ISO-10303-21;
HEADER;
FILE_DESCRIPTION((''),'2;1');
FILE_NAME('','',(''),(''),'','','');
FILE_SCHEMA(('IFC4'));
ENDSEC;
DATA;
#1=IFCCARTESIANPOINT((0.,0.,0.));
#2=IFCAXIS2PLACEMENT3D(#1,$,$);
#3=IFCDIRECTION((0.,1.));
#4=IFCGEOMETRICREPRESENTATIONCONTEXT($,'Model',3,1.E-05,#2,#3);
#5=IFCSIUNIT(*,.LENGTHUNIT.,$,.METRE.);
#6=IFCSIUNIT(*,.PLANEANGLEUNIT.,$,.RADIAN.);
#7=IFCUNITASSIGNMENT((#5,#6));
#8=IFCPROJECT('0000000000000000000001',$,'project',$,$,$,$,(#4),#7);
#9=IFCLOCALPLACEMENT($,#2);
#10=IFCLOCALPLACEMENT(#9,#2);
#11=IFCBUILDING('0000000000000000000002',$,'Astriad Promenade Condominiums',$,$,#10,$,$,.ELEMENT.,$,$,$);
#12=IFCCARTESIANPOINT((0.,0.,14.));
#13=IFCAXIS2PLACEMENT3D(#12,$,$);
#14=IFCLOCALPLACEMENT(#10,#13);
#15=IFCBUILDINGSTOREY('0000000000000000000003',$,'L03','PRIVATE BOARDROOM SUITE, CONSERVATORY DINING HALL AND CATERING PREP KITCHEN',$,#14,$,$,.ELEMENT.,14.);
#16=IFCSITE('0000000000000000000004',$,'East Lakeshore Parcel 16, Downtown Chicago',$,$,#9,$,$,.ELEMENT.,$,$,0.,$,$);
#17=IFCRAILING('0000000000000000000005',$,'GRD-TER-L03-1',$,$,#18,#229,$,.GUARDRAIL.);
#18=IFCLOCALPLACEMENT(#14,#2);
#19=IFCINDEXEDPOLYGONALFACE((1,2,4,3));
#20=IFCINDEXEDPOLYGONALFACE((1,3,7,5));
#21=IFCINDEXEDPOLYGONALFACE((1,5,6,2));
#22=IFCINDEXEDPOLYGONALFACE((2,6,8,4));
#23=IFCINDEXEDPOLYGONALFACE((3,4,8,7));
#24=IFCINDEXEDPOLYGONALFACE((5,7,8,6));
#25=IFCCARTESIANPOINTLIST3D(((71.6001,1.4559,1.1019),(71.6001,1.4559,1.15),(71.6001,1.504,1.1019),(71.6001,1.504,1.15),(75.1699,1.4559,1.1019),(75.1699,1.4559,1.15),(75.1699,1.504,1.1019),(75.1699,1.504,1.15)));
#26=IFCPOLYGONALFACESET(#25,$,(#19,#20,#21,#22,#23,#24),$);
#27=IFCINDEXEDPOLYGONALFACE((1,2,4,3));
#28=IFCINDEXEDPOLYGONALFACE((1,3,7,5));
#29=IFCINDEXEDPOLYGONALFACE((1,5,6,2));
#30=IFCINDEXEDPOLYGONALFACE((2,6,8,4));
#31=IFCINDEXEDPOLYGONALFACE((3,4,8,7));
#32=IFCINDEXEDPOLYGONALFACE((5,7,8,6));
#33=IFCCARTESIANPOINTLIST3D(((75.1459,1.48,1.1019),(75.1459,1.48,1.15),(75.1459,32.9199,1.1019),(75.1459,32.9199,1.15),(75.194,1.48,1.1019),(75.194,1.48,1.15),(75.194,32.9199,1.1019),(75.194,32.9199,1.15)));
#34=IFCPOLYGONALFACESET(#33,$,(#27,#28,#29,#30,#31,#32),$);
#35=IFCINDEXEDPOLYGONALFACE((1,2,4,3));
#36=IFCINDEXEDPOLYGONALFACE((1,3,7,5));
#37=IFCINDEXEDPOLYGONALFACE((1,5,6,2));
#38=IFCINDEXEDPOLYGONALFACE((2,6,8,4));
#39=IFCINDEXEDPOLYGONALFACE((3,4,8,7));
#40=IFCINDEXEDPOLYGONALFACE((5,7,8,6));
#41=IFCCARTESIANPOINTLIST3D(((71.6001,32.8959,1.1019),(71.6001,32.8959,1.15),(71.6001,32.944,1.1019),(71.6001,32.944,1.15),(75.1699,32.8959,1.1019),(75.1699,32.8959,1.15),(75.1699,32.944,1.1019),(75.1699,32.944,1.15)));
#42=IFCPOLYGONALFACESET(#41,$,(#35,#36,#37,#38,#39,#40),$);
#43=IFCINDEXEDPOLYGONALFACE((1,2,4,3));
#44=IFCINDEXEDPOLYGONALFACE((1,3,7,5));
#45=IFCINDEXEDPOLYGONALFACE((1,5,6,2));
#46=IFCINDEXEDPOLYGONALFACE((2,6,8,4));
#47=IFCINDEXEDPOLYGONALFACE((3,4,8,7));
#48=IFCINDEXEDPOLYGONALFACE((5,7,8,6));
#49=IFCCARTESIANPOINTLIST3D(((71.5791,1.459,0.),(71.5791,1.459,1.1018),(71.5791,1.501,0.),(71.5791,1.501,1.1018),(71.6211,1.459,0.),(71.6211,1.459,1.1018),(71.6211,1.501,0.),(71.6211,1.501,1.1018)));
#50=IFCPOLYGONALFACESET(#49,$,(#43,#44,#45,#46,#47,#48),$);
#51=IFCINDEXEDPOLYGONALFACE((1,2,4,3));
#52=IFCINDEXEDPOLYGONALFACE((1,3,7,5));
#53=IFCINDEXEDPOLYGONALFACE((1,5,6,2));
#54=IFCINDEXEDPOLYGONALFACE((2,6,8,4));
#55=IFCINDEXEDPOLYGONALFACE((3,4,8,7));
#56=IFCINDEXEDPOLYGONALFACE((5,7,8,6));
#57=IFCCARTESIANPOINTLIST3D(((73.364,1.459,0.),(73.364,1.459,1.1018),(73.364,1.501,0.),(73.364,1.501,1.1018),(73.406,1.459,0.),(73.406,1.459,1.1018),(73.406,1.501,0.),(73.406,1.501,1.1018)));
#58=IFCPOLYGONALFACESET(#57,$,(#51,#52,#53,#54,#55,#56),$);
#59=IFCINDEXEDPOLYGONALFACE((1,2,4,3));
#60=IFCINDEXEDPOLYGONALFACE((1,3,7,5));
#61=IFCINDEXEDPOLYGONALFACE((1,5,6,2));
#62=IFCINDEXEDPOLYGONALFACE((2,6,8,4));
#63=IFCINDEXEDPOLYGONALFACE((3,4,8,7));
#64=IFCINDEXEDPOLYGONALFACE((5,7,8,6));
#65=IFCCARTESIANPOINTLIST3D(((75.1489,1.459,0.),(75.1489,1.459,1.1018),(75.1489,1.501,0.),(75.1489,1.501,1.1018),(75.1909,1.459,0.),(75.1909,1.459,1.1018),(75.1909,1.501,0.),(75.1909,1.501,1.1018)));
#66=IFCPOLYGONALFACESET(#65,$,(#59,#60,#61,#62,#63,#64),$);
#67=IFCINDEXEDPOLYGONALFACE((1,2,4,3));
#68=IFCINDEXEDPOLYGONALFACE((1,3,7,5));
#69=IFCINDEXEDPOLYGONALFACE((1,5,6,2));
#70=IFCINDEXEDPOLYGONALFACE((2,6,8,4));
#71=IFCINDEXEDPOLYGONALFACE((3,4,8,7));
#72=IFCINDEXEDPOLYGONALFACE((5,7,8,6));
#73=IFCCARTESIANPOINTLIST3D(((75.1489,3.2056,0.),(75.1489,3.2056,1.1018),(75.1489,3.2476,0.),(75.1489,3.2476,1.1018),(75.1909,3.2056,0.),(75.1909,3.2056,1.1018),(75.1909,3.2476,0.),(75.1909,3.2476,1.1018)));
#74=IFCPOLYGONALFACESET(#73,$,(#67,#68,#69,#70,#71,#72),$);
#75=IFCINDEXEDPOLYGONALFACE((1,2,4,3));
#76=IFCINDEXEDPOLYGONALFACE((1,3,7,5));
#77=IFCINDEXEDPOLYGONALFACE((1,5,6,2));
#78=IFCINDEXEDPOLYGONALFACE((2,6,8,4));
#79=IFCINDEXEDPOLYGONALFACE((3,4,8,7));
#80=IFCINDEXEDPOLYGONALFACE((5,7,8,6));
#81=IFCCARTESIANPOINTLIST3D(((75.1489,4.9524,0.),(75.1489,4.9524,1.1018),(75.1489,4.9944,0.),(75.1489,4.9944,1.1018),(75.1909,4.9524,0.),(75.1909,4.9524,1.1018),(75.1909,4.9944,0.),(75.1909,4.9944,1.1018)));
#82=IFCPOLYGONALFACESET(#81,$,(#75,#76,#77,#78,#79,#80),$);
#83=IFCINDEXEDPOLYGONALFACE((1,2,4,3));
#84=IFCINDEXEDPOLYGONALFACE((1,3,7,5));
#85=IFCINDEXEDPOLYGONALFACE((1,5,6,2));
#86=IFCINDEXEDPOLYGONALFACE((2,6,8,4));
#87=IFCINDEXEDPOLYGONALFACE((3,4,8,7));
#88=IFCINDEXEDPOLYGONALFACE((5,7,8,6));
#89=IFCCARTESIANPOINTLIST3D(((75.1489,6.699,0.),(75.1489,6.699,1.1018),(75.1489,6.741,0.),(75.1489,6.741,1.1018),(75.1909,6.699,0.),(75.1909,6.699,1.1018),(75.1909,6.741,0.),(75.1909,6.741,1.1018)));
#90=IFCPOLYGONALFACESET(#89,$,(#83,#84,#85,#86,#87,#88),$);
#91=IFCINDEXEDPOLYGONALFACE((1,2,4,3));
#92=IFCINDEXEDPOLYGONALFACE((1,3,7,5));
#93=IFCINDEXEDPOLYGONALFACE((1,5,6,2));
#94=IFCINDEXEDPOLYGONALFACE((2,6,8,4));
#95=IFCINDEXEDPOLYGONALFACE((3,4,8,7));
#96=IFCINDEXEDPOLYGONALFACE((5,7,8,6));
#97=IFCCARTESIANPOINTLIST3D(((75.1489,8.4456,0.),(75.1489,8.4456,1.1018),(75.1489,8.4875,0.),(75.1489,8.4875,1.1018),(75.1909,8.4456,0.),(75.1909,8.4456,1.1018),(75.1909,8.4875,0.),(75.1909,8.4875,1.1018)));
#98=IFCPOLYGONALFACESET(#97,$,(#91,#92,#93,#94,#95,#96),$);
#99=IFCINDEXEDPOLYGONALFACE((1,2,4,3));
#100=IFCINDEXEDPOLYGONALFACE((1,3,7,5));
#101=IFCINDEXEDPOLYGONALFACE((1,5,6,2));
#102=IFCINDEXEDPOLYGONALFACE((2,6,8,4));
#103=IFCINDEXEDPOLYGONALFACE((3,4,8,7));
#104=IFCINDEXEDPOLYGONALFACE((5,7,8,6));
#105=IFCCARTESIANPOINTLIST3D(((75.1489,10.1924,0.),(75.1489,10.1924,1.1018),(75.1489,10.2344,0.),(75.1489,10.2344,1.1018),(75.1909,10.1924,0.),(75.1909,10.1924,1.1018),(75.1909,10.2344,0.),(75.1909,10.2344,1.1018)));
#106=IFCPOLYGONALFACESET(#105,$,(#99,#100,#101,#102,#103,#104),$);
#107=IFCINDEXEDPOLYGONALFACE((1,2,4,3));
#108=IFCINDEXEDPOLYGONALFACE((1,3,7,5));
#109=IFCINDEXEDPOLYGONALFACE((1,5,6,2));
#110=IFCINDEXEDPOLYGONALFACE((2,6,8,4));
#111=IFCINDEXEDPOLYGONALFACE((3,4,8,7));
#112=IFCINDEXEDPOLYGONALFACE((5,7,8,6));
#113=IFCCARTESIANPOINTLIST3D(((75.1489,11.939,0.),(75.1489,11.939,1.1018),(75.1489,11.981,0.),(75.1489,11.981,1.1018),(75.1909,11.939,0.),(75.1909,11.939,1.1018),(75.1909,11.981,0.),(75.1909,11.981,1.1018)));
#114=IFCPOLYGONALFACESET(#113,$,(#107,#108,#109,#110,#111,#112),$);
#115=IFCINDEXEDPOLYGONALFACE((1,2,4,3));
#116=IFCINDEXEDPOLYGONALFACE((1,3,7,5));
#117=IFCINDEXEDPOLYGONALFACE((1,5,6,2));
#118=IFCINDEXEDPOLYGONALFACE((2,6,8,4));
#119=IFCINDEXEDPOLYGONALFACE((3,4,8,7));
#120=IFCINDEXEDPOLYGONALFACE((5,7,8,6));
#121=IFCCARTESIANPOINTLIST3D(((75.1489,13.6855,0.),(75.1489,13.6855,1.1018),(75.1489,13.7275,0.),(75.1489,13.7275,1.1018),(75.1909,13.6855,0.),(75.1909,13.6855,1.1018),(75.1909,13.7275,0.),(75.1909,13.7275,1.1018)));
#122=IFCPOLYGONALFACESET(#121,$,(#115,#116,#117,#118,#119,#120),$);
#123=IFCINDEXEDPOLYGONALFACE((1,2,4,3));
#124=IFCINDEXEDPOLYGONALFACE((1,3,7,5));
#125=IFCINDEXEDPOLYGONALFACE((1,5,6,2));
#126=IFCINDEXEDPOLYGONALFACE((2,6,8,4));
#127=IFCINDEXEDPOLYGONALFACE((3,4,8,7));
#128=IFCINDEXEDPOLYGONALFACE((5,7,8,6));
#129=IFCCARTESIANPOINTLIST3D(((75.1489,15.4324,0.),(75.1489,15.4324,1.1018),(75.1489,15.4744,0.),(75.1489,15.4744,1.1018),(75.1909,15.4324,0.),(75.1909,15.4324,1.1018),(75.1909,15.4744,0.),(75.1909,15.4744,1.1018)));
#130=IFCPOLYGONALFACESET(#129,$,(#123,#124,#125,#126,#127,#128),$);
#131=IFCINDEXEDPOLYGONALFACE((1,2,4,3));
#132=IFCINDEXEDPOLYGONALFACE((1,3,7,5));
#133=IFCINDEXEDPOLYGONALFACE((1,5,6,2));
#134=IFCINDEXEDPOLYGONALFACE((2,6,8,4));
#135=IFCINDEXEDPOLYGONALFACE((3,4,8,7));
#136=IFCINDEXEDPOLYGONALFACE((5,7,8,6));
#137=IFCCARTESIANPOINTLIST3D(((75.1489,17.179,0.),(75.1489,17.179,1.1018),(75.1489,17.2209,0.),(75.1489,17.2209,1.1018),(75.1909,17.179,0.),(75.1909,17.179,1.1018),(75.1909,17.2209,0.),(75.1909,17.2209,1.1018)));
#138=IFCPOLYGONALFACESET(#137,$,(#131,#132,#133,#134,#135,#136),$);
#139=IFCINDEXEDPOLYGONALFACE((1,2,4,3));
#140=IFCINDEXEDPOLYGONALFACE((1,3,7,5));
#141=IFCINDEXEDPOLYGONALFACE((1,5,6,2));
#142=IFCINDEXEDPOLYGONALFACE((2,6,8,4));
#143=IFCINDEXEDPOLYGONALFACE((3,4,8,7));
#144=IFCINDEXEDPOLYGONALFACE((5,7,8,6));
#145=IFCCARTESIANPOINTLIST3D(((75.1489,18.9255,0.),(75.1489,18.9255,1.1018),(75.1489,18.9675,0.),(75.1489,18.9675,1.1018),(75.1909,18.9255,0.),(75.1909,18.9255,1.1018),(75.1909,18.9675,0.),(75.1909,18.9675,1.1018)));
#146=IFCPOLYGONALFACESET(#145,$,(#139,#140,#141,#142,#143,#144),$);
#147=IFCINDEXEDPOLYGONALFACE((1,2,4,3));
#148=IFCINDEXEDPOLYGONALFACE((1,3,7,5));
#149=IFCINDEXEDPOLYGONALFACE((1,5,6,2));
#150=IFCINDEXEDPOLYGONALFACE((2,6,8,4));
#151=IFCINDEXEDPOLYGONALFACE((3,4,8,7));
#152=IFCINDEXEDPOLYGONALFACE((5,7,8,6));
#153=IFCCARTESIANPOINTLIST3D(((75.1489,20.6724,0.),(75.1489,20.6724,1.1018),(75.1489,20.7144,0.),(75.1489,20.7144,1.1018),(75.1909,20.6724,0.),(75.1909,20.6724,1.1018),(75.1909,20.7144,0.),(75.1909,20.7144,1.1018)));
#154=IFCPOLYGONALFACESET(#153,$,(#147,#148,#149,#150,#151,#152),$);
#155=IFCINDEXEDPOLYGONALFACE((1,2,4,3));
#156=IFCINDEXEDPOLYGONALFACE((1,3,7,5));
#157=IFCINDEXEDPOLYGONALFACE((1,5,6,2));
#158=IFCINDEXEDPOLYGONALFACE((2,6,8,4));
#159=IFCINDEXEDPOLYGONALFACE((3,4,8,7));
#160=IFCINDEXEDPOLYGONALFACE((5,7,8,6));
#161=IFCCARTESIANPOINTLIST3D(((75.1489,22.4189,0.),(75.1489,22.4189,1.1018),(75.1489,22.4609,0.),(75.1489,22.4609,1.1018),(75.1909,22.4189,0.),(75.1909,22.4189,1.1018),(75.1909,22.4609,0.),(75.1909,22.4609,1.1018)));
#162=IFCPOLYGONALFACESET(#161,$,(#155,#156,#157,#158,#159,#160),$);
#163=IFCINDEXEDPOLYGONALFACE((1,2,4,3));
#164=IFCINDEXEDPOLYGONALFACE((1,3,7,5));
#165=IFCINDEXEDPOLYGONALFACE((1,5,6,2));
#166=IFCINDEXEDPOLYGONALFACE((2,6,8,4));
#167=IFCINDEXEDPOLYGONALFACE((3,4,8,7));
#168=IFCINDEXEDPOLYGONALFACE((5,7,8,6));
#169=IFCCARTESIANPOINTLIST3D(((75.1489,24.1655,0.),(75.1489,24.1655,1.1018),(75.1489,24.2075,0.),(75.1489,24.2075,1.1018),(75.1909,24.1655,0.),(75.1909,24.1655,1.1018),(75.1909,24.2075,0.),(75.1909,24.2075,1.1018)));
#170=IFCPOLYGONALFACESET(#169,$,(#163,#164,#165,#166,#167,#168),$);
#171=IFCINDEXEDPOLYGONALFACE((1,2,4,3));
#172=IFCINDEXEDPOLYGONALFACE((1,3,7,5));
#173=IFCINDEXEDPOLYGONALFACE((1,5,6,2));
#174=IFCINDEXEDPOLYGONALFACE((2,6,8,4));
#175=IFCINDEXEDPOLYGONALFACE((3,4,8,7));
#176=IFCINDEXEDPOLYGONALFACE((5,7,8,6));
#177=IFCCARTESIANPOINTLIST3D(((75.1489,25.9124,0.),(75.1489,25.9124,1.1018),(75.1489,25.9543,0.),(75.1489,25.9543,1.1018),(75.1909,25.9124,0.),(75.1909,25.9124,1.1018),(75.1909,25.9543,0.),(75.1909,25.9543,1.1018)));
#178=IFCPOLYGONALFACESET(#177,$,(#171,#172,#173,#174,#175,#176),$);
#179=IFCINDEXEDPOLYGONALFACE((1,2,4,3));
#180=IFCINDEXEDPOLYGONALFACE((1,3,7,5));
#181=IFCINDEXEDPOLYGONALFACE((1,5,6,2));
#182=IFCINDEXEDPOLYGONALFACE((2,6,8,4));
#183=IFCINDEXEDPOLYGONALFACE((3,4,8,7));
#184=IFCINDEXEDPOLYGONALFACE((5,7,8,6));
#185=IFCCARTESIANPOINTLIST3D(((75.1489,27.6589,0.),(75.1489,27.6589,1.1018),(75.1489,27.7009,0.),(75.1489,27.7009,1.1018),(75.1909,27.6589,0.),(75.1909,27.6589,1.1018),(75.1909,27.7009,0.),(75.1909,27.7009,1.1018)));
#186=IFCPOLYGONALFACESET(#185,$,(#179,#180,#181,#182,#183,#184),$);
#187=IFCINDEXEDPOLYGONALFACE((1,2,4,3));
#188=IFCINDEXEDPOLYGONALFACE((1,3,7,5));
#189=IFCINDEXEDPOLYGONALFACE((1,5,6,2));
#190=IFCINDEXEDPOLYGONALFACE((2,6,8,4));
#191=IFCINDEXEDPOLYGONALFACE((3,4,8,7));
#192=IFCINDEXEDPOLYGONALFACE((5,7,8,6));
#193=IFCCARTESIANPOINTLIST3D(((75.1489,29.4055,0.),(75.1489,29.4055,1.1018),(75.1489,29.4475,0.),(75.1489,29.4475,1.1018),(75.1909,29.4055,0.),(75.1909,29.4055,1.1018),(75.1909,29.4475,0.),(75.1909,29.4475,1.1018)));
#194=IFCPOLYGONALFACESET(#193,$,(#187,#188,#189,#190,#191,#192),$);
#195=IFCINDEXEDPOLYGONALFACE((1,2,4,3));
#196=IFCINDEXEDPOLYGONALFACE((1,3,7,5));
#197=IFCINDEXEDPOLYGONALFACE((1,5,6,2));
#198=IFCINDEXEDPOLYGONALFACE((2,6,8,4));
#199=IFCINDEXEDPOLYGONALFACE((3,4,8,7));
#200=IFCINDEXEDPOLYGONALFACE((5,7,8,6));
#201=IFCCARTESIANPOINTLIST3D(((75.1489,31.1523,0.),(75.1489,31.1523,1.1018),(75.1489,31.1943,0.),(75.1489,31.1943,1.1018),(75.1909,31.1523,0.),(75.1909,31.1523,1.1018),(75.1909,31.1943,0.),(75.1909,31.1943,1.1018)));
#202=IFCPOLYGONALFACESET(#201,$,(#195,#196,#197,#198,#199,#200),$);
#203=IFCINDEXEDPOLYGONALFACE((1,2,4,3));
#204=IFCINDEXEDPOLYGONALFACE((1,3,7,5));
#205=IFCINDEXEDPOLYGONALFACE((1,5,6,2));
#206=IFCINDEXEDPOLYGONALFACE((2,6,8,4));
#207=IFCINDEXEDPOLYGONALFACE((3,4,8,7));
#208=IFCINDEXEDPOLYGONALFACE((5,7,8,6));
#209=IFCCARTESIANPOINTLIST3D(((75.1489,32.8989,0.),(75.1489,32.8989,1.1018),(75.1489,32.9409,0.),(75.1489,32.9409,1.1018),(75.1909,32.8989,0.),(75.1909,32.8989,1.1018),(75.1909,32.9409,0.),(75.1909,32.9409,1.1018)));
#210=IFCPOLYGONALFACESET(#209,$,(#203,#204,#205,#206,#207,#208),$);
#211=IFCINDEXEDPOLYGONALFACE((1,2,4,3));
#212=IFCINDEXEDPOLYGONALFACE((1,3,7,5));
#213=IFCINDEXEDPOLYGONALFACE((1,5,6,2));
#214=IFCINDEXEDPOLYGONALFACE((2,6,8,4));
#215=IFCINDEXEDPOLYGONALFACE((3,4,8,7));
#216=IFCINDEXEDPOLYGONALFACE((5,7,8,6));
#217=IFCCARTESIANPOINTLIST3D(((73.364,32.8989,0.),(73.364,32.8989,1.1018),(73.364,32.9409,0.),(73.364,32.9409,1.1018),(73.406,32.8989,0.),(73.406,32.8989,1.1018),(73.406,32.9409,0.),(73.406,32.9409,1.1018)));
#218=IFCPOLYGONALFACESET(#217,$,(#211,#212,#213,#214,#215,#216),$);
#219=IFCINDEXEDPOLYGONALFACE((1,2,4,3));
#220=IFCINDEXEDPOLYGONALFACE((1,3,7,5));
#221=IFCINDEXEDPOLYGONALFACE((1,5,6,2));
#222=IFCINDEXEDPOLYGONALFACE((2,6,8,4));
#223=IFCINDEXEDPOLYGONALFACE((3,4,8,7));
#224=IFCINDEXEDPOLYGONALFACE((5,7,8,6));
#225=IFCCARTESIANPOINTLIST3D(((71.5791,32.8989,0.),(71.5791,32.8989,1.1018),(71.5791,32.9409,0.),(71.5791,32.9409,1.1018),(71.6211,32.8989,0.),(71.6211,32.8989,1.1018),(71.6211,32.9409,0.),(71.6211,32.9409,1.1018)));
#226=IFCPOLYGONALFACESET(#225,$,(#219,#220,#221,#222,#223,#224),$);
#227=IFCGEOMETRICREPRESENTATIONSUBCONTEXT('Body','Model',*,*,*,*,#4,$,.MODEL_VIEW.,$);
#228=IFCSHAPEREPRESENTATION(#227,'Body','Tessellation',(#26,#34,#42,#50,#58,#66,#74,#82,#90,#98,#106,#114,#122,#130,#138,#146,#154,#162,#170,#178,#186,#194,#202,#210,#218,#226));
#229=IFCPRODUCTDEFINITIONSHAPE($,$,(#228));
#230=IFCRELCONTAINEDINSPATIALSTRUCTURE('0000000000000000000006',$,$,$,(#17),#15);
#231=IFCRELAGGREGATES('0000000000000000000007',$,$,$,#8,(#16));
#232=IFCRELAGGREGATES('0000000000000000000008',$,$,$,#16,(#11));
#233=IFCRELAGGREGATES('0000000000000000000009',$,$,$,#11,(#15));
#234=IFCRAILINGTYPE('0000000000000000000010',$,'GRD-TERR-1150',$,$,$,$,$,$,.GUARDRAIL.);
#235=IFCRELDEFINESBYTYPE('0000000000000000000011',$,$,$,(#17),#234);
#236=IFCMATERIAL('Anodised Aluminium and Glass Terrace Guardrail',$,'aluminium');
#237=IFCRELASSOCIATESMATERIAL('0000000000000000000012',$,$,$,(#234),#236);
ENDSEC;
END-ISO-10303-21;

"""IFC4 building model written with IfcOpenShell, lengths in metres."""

from ifc_helpers import new_model, si_unit, direction, frame, origin, origin_2d, place, context, subcontext, project, spatial, rectangle, extrude, source, transform, mapped, material, type_object, element, save


model = new_model("IFC4")

# Units and contexts
model_context = context("Model", 3, precision=1e-05, world=origin(), true_north=direction((0.0, 1.0)))
body_context = subcontext(model_context, "Body", "Model", "MODEL_VIEW")
ifc_project = project(units=[si_unit("LENGTHUNIT", "METRE"), si_unit("PLANEANGLEUNIT", "RADIAN")], contexts=[model_context])

# Site, building, storey
site_placement = place(None, origin())
site = spatial("IfcSite", under=ifc_project, at=site_placement, Name="East Lakeshore Parcel 16, Downtown Chicago", CompositionType="ELEMENT", RefElevation=0.0)
building_placement = place(site_placement, origin())
building = spatial("IfcBuilding", under=site, at=building_placement, Name="Astriad Promenade Condominiums", CompositionType="ELEMENT")
storey_placement = place(building_placement, frame((0.0, 0.0, 14.0)))
storey = spatial("IfcBuildingStorey", under=building, at=storey_placement, Name="L03", Description="PRIVATE BOARDROOM SUITE, CONSERVATORY DINING HALL AND CATERING PREP KITCHEN", CompositionType="ELEMENT", Elevation=14.0)

# Railing
ifc_material_1 = material(Name="Anodised Aluminium and Glass Terrace Guardrail", Category="aluminium")
railing_type = type_object("IfcRailingType", Name="GRD-TERR-1150", PredefinedType="GUARDRAIL", material=ifc_material_1)
shared_shape_1 = source(origin(), body_context, "Body", "SweptSolid", [
    extrude(rectangle(XDim=0.0481, YDim=0.0481, at=origin_2d()), frame((0.0, 0.0, 1.126), z_axis=(1.0, 0.0, 0.0), x_axis=(0.0, 1.0, 0.0)), (0.0, 0.0, 1.0), 3.5698),
    extrude(rectangle(XDim=0.0481, YDim=0.0481, at=origin_2d()), frame((3.5698, 0.0, 1.126), z_axis=(0.0, 1.0, 0.0), x_axis=(-1.0, 0.0, 0.0)), (0.0, 0.0, 1.0), 31.4399),
    extrude(rectangle(XDim=0.0481, YDim=0.0481, at=origin_2d()), frame((3.5698, 31.4399, 1.126), z_axis=(-1.0, 0.0, 0.0), x_axis=(0.0, -1.0, 0.0)), (0.0, 0.0, 1.0), 3.5698),
    extrude(rectangle(XDim=0.042, YDim=0.042, at=origin_2d()), origin(), (0.0, 0.0, 1.0), 1.1018),
    extrude(rectangle(XDim=0.042, YDim=0.042, at=origin_2d()), frame((1.7849, 0.0, 0.0)), (0.0, 0.0, 1.0), 1.1018),
    extrude(rectangle(XDim=0.042, YDim=0.042, at=origin_2d()), frame((3.5698, 0.0, 0.0)), (0.0, 0.0, 1.0), 1.1018),
    extrude(rectangle(XDim=0.042, YDim=0.042, at=origin_2d()), frame((3.5698, 1.7466, 0.0)), (0.0, 0.0, 1.0), 1.1018),
    extrude(rectangle(XDim=0.042, YDim=0.042, at=origin_2d()), frame((3.5698, 3.4934, 0.0)), (0.0, 0.0, 1.0), 1.1018),
    extrude(rectangle(XDim=0.042, YDim=0.042, at=origin_2d()), frame((3.5698, 5.24, 0.0)), (0.0, 0.0, 1.0), 1.1018),
    extrude(rectangle(XDim=0.042, YDim=0.042, at=origin_2d()), frame((3.5698, 6.9866, 0.0)), (0.0, 0.0, 1.0), 1.1018),
    extrude(rectangle(XDim=0.042, YDim=0.042, at=origin_2d()), frame((3.5698, 8.7334, 0.0)), (0.0, 0.0, 1.0), 1.1018),
    extrude(rectangle(XDim=0.042, YDim=0.042, at=origin_2d()), frame((3.5698, 10.48, 0.0)), (0.0, 0.0, 1.0), 1.1018),
    extrude(rectangle(XDim=0.042, YDim=0.042, at=origin_2d()), frame((3.5698, 12.2266, 0.0)), (0.0, 0.0, 1.0), 1.1018),
    extrude(rectangle(XDim=0.042, YDim=0.042, at=origin_2d()), frame((3.5698, 13.9734, 0.0)), (0.0, 0.0, 1.0), 1.1018),
    extrude(rectangle(XDim=0.042, YDim=0.042, at=origin_2d()), frame((3.5698, 15.72, 0.0)), (0.0, 0.0, 1.0), 1.1018),
    extrude(rectangle(XDim=0.042, YDim=0.042, at=origin_2d()), frame((3.5698, 17.4666, 0.0)), (0.0, 0.0, 1.0), 1.1018),
    extrude(rectangle(XDim=0.042, YDim=0.042, at=origin_2d()), frame((3.5698, 19.2134, 0.0)), (0.0, 0.0, 1.0), 1.1018),
    extrude(rectangle(XDim=0.042, YDim=0.042, at=origin_2d()), frame((3.5698, 20.96, 0.0)), (0.0, 0.0, 1.0), 1.1018),
    extrude(rectangle(XDim=0.042, YDim=0.042, at=origin_2d()), frame((3.5698, 22.7065, 0.0)), (0.0, 0.0, 1.0), 1.1018),
    extrude(rectangle(XDim=0.042, YDim=0.042, at=origin_2d()), frame((3.5698, 24.4534, 0.0)), (0.0, 0.0, 1.0), 1.1018),
    extrude(rectangle(XDim=0.042, YDim=0.042, at=origin_2d()), frame((3.5698, 26.2, 0.0)), (0.0, 0.0, 1.0), 1.1018),
    extrude(rectangle(XDim=0.042, YDim=0.042, at=origin_2d()), frame((3.5698, 27.9465, 0.0)), (0.0, 0.0, 1.0), 1.1018),
    extrude(rectangle(XDim=0.042, YDim=0.042, at=origin_2d()), frame((3.5698, 29.6934, 0.0)), (0.0, 0.0, 1.0), 1.1018),
    extrude(rectangle(XDim=0.042, YDim=0.042, at=origin_2d()), frame((3.5698, 31.4399, 0.0)), (0.0, 0.0, 1.0), 1.1018),
    extrude(rectangle(XDim=0.042, YDim=0.042, at=origin_2d()), frame((1.7849, 31.4399, 0.0)), (0.0, 0.0, 1.0), 1.1018),
    extrude(rectangle(XDim=0.042, YDim=0.042, at=origin_2d()), frame((0.0, 31.4399, 0.0)), (0.0, 0.0, 1.0), 1.1018),
])
railing_1_placement = place(storey_placement, frame((71.6001, 1.48, 0.0)))
element("IfcRailing", 1, at=railing_1_placement, inside=storey, type_object=railing_type, Name="GRD-TER-L03-1", PredefinedType="GUARDRAIL", context=body_context, shape_type="MappedRepresentation", body=[
    mapped(shared_shape_1, transform((0.0, 0.0, 0.0), scale=1.0)),
])

save(model, "model.ifc")
